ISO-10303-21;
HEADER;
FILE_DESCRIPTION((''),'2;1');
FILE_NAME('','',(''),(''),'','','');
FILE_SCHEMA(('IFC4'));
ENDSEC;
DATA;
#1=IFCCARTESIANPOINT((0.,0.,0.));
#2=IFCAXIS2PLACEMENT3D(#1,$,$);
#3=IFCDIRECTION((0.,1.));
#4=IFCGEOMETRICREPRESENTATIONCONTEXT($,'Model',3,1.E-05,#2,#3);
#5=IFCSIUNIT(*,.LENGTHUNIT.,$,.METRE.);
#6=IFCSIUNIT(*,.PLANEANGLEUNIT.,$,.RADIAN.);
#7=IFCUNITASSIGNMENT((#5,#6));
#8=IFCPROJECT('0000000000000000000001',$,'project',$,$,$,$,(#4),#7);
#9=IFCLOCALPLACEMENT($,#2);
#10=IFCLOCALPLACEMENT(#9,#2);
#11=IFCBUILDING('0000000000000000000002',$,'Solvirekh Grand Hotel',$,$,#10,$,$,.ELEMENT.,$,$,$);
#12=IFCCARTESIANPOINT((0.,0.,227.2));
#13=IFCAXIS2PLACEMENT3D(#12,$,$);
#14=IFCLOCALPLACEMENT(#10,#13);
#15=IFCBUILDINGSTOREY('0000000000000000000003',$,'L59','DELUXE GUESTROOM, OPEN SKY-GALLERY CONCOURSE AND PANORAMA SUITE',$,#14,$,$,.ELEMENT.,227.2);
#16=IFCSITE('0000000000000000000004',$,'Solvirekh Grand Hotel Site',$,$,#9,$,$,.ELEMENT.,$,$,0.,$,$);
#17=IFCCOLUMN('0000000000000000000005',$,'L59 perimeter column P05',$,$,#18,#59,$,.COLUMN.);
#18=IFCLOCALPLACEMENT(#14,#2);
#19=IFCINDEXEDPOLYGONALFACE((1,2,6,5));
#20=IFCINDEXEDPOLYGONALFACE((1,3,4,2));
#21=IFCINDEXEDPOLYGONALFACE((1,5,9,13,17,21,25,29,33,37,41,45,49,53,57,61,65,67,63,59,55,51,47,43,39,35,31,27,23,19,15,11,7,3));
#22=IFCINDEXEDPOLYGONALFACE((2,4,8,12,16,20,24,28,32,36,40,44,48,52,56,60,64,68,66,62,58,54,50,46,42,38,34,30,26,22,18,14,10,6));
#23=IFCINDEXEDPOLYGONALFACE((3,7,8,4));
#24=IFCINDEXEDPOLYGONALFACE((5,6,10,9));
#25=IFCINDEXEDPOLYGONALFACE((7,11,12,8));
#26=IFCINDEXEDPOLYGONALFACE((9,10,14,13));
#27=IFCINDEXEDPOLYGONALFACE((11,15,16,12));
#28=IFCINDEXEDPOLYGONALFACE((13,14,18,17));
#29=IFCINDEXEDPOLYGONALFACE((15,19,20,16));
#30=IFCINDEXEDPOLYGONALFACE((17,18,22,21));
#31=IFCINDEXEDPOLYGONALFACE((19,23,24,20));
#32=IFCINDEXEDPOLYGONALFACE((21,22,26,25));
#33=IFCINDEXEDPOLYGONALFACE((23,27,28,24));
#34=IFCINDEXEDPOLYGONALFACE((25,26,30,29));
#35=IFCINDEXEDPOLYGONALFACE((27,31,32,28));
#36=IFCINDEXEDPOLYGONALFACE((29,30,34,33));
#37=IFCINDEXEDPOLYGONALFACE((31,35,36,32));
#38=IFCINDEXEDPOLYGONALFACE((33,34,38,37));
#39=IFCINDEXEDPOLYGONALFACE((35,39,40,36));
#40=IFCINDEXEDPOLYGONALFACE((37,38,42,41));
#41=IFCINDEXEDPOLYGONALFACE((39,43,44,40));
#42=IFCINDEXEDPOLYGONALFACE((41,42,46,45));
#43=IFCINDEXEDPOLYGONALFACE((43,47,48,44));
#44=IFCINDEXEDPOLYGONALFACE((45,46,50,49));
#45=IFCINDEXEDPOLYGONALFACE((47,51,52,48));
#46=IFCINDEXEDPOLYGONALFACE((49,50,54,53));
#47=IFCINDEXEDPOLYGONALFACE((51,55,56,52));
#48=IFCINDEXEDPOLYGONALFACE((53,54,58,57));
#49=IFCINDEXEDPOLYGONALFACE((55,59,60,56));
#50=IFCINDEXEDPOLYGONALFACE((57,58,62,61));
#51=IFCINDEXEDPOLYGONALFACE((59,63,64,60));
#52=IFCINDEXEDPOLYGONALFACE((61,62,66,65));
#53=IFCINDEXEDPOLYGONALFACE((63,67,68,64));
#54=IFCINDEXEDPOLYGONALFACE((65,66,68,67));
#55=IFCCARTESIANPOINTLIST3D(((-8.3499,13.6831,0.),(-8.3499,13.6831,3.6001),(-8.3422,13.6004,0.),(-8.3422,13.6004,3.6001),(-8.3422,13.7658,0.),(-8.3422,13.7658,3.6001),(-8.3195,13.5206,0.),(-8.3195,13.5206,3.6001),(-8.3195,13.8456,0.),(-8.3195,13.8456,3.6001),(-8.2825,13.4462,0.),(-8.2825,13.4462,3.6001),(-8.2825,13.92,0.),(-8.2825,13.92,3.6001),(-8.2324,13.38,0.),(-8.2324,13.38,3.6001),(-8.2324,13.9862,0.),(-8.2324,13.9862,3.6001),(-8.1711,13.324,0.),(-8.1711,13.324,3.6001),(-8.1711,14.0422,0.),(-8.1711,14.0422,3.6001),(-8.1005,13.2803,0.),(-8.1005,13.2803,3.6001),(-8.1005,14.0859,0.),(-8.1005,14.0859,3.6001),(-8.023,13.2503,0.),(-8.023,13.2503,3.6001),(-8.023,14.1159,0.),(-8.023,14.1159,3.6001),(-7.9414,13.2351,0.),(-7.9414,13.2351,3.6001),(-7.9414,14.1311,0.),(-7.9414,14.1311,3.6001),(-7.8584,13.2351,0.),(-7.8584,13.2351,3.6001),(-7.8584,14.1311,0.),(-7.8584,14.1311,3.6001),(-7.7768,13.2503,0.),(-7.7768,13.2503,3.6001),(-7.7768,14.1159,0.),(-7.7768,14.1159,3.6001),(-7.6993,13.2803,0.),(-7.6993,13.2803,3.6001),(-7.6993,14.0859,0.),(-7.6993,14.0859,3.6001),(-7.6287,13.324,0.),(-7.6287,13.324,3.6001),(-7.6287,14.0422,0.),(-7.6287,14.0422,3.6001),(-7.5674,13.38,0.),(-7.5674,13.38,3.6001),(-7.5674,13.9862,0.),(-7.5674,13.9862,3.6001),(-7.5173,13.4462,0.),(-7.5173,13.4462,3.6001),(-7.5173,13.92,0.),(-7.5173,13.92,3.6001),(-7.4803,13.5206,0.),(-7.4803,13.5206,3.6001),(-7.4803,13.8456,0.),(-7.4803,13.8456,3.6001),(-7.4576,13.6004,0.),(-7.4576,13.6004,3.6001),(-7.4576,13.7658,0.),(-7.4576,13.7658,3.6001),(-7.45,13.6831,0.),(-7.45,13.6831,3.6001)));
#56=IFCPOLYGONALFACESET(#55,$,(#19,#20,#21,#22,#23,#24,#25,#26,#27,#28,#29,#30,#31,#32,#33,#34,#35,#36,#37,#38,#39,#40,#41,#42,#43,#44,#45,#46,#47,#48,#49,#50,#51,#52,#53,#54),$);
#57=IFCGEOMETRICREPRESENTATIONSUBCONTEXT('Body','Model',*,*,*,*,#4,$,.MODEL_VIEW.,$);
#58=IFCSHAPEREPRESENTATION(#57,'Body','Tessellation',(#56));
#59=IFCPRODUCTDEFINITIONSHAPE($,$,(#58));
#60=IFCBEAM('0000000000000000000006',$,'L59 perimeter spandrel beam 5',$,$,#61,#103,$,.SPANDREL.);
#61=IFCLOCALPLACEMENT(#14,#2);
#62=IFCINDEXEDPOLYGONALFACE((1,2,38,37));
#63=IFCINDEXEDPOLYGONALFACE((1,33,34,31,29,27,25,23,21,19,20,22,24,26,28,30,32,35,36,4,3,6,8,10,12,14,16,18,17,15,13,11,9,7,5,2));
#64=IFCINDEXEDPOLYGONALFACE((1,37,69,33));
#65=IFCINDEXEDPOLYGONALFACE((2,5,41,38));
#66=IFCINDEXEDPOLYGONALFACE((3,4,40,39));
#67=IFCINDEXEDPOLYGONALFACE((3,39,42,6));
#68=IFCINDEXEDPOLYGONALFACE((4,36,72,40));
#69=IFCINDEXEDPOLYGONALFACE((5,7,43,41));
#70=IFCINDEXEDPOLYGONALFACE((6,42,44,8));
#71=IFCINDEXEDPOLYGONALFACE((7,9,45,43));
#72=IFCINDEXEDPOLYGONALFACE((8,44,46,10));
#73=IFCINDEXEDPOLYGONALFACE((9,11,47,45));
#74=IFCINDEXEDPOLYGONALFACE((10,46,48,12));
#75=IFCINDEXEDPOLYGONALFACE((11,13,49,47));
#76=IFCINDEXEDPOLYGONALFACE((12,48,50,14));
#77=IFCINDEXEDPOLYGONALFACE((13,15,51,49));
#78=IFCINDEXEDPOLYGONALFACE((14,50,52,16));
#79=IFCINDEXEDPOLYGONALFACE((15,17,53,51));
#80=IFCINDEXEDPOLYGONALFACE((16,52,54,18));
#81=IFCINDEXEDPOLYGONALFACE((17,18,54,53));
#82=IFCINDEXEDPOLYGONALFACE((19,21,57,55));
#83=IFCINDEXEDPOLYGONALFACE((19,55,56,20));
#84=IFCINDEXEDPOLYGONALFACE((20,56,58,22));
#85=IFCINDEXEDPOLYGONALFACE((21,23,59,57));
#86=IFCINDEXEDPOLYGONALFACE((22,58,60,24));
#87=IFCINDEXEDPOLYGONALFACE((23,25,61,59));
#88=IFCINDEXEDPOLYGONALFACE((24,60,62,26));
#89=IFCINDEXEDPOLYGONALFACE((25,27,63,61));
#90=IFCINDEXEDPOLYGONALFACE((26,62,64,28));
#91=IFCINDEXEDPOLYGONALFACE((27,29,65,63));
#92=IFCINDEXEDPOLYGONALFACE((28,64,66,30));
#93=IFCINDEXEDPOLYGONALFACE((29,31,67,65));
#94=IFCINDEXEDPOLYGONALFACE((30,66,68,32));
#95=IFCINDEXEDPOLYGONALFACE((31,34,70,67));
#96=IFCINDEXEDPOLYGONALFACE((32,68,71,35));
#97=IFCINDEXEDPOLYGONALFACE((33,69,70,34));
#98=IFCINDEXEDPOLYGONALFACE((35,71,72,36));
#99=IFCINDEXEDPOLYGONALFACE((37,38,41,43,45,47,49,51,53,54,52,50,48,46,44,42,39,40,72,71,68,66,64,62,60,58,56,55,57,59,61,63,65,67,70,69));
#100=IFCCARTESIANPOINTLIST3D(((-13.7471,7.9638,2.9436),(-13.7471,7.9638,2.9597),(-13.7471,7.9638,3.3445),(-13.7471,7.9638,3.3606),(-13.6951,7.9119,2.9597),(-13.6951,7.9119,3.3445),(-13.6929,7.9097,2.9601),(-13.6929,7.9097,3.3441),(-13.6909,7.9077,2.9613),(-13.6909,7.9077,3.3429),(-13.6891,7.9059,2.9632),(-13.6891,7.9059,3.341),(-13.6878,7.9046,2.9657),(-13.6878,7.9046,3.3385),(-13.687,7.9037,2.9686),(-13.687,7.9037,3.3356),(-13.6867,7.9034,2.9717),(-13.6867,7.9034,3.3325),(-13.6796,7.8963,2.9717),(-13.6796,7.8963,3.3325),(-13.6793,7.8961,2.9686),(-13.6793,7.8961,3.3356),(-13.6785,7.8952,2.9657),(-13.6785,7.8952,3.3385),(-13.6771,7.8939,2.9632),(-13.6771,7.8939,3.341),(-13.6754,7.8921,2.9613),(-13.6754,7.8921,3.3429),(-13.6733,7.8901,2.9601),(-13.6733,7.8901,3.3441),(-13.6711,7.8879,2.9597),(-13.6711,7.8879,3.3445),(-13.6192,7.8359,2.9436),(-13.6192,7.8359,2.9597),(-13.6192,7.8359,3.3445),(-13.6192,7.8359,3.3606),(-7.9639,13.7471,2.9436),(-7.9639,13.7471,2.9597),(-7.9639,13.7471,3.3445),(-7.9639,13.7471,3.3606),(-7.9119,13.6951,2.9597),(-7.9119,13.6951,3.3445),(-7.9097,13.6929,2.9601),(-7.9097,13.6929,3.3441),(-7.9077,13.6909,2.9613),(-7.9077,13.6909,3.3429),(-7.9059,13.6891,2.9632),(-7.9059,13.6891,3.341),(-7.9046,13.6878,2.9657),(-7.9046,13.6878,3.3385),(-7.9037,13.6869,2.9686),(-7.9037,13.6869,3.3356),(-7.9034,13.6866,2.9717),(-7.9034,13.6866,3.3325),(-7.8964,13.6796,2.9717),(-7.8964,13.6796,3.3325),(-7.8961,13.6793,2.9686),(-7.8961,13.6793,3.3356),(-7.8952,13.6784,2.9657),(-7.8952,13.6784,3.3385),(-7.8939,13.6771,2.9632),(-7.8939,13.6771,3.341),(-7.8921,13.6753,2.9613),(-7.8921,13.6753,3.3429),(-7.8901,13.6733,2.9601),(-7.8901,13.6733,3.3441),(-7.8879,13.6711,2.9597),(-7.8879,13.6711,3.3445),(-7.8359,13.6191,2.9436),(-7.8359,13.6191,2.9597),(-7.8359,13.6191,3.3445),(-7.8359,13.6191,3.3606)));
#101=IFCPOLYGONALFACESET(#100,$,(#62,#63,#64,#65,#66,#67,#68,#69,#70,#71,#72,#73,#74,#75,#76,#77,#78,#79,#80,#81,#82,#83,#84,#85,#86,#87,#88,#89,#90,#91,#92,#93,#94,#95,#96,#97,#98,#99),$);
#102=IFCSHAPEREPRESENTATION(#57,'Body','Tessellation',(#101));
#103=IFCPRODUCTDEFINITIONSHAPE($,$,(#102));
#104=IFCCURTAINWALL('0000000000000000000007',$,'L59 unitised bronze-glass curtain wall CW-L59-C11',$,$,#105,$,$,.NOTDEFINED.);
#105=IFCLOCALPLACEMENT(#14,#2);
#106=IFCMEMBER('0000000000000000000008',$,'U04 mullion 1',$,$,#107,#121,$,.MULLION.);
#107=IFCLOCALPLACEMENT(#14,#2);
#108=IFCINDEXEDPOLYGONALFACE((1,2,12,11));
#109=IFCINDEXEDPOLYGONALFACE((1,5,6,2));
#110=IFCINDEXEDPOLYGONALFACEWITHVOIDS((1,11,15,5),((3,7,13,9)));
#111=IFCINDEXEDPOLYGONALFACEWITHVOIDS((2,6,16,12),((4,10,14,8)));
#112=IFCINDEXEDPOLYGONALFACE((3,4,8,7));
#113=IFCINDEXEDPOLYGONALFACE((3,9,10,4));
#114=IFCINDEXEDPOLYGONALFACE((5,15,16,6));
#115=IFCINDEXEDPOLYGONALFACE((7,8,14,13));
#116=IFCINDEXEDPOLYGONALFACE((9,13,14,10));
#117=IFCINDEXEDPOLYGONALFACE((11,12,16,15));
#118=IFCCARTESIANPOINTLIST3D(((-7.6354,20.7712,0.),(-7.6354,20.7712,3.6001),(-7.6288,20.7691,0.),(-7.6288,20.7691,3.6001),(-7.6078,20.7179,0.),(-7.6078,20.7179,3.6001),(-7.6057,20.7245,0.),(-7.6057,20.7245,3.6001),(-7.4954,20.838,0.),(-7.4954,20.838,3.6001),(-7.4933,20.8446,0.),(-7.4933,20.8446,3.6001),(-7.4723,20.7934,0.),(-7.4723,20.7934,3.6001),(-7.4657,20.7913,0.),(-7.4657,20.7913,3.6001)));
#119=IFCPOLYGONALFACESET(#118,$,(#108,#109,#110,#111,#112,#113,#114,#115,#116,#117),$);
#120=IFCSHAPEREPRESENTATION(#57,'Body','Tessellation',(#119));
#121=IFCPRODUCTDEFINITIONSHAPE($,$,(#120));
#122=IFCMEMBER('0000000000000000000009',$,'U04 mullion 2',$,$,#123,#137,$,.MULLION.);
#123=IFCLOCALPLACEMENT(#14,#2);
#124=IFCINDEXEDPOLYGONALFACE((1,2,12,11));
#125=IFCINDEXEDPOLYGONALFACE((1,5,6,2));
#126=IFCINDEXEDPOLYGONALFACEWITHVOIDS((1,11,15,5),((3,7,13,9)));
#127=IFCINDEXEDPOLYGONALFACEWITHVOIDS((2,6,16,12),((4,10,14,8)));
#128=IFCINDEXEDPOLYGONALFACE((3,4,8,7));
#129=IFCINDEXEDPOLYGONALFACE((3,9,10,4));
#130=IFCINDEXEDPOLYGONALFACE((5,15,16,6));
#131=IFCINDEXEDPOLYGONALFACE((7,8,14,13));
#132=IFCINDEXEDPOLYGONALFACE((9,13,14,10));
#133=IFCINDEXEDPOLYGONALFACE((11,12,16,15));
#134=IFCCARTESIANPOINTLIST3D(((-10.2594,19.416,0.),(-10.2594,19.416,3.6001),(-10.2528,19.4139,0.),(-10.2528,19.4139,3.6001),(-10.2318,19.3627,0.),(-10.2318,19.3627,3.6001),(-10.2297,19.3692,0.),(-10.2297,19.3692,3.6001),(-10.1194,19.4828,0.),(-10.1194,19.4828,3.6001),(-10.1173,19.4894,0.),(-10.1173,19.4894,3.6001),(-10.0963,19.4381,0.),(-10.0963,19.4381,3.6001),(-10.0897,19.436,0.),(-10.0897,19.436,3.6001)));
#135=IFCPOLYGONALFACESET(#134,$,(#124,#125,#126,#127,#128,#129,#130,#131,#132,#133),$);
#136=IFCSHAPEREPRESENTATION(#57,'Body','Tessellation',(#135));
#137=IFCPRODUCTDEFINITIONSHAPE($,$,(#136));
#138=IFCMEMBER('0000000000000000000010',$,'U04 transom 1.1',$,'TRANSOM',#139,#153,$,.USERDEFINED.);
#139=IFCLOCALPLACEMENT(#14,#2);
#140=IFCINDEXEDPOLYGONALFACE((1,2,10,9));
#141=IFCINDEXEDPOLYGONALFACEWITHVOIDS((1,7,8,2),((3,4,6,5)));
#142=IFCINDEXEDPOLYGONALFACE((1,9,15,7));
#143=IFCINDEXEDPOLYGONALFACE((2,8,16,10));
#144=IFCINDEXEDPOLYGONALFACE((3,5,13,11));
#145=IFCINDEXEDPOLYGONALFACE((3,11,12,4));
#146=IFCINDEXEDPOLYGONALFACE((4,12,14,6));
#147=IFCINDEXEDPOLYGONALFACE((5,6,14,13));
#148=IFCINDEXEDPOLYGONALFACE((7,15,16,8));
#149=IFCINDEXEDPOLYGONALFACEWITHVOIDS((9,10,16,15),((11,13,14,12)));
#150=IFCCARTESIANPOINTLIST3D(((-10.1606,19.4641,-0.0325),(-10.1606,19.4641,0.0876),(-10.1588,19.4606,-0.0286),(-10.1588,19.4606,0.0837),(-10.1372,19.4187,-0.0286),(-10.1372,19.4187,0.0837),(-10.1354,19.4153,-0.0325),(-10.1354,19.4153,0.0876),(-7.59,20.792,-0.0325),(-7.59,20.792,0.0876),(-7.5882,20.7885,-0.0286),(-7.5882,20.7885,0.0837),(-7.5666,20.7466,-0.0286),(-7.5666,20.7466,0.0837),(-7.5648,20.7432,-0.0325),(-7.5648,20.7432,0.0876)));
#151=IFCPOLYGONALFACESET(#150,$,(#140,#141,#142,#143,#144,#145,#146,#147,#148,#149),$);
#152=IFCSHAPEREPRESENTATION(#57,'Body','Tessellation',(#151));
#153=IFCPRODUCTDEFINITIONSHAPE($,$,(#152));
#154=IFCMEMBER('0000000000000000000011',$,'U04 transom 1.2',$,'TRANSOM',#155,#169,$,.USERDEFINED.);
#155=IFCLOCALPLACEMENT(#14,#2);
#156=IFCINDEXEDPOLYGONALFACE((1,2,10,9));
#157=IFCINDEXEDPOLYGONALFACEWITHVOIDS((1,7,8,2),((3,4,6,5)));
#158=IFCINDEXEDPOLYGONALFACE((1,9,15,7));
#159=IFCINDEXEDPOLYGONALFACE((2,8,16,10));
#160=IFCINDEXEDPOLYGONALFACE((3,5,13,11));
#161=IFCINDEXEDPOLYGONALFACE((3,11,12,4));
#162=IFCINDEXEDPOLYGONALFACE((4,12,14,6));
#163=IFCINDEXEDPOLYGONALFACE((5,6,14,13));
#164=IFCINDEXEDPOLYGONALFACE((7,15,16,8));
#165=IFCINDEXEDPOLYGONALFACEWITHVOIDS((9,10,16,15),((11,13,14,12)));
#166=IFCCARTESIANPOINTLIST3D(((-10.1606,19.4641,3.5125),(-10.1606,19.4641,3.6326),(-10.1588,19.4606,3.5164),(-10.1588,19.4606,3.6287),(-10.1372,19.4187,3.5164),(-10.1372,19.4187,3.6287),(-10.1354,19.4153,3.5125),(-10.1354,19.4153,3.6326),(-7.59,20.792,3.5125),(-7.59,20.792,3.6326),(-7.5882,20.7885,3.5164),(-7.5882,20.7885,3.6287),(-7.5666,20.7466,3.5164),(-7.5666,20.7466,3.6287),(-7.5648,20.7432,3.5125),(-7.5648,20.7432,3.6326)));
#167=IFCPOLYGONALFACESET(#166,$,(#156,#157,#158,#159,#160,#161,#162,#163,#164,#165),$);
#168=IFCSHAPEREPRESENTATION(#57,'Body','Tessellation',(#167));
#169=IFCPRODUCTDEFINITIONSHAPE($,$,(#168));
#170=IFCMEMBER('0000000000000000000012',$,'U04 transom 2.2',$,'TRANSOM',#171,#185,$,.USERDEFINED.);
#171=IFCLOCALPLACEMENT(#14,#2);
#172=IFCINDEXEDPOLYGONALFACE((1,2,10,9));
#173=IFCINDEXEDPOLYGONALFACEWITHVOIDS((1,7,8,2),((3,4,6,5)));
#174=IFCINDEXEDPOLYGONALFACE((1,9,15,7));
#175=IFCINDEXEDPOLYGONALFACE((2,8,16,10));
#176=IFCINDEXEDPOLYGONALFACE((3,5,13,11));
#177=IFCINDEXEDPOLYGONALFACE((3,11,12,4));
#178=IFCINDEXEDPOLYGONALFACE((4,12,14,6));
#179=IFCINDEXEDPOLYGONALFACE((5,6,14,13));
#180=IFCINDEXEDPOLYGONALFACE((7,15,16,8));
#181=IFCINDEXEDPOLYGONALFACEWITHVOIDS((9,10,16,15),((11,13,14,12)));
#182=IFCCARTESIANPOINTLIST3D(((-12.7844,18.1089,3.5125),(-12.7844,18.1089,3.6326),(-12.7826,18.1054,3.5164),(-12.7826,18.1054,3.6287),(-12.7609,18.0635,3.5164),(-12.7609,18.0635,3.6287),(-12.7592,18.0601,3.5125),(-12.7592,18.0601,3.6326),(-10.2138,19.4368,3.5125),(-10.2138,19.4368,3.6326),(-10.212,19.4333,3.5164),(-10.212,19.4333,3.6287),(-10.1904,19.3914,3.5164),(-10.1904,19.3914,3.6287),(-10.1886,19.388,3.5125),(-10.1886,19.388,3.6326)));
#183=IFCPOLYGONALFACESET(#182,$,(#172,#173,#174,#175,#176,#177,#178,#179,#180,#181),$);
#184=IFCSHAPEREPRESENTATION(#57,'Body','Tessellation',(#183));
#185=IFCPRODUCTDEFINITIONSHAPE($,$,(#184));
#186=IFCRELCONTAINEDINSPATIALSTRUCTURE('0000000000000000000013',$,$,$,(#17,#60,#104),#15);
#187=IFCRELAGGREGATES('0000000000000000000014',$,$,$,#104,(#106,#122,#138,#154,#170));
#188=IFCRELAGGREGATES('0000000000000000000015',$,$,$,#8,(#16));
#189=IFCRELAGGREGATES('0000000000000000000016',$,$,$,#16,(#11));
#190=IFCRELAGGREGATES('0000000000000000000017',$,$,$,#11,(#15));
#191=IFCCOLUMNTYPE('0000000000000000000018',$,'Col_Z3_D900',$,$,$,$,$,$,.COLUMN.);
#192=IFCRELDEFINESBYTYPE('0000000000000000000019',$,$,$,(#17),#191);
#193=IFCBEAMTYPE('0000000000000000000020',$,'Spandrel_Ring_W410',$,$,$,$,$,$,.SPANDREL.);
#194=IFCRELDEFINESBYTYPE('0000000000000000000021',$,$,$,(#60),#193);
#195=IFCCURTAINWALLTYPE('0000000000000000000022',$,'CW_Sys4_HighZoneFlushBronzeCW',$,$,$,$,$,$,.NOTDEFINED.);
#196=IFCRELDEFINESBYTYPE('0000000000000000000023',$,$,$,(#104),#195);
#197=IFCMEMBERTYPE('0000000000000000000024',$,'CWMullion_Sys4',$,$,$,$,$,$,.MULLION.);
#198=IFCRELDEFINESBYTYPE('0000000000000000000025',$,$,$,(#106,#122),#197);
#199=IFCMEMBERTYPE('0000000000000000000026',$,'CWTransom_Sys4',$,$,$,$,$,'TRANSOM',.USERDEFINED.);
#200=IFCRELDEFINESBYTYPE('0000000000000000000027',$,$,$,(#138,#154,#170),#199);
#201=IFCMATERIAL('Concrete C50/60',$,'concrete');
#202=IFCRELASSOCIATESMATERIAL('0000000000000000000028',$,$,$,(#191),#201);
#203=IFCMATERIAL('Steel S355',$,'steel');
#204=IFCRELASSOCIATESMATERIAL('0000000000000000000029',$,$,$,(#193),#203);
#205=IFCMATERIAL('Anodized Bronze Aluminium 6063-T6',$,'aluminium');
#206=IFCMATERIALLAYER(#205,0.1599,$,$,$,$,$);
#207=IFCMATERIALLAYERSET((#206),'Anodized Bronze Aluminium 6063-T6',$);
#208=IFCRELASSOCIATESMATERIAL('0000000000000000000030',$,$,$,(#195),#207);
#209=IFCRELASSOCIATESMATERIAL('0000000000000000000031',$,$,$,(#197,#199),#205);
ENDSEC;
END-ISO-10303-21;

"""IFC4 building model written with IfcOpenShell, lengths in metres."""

from ifc_helpers import new_model, si_unit, direction, frame, origin, origin_2d, place, context, subcontext, project, spatial, hollow_rectangle, circle, i_section, extrude, source, transform, mapped, material, layer, layer_set, material_profile, profile_set, type_object, element, aggregate, save


model = new_model("IFC4")

# Units and contexts
model_context = context("Model", 3, precision=1e-05, world=origin(), true_north=direction((0.0, 1.0)))
body_context = subcontext(model_context, "Body", "Model", "MODEL_VIEW")
ifc_project = project(units=[si_unit("LENGTHUNIT", "METRE"), si_unit("PLANEANGLEUNIT", "RADIAN")], contexts=[model_context])

# Site, building, storey
site_placement = place(None, origin())
site = spatial("IfcSite", under=ifc_project, at=site_placement, Name="Solvirekh Grand Hotel Site", CompositionType="ELEMENT", RefElevation=0.0)
building_placement = place(site_placement, origin())
building = spatial("IfcBuilding", under=site, at=building_placement, Name="Solvirekh Grand Hotel", CompositionType="ELEMENT")
storey_placement = place(building_placement, frame((0.0, 0.0, 227.2)))
storey = spatial("IfcBuildingStorey", under=building, at=storey_placement, Name="L59", Description="DELUXE GUESTROOM, OPEN SKY-GALLERY CONCOURSE AND PANORAMA SUITE", CompositionType="ELEMENT", Elevation=227.2)

# Column
ifc_material_1 = material(Name="Concrete C50/60", Category="concrete")
ifc_material_profile_1 = material_profile(ifc_material_1, circle(Radius=0.45, at=origin_2d()), Name="RC CIRC D900")
ifc_profile_set_1 = profile_set([ifc_material_profile_1], Name="Concrete C50/60")
column_type = type_object("IfcColumnType", Name="Col_Z3_D900", PredefinedType="COLUMN", material=ifc_profile_set_1)
column_placement = place(storey_placement, frame((-7.8999, 13.6831, 0.0), z_axis=(0.0, 0.0, 1.0), x_axis=(1.0, 0.0, 0.0)))
element("IfcColumn", 1, at=column_placement, inside=storey, type_object=column_type, Name="L59 perimeter column P05", PredefinedType="COLUMN", context=body_context, shape_type="SweptSolid", body=[
    extrude(circle(Radius=0.45, at=origin_2d()), origin(), (0.0, 0.0, 1.0), 3.6001),
])

# Beam
ifc_material_2 = material(Name="Steel S355", Category="steel")
ifc_material_profile_2 = material_profile(ifc_material_2, i_section(OverallWidth=0.1809, OverallDepth=0.417, WebThickness=0.01, FlangeThickness=0.0161, FilletRadius=0.012, at=origin_2d()), Name="W410X85")
ifc_profile_set_2 = profile_set([ifc_material_profile_2], Name="Steel S355")
beam_type = type_object("IfcBeamType", Name="Spandrel_Ring_W410", PredefinedType="SPANDREL", material=ifc_profile_set_2)
beam_placement = place(storey_placement, frame((-7.8999, 13.6831, 3.1521), z_axis=(-0.707107, -0.707107, 0.0), x_axis=(0.707107, -0.707107, 0.0)))
element("IfcBeam", 2, at=beam_placement, inside=storey, type_object=beam_type, Name="L59 perimeter spandrel beam 5", PredefinedType="SPANDREL", context=body_context, shape_type="SweptSolid", body=[
    extrude(i_section(OverallWidth=0.1809, OverallDepth=0.417, WebThickness=0.01, FlangeThickness=0.0161, FilletRadius=0.012, at=origin_2d()), origin(), (0.0, 0.0, 1.0), 8.1787),
])

# Curtain wall, members
ifc_material_3 = material(Name="Anodized Bronze Aluminium 6063-T6", Category="aluminium")
ifc_layer_1 = layer(ifc_material_3, 0.1599)
ifc_layer_set_1 = layer_set([ifc_layer_1], Name="Anodized Bronze Aluminium 6063-T6")
curtain_wall_type = type_object("IfcCurtainWallType", Name="CW_Sys4_HighZoneFlushBronzeCW", PredefinedType="NOTDEFINED", material=ifc_layer_set_1)
curtain_wall_placement = place(storey_placement, origin())
curtain_wall = element("IfcCurtainWall", 3, at=curtain_wall_placement, inside=storey, type_object=curtain_wall_type, Name="L59 unitised bronze-glass curtain wall CW-L59-C11", PredefinedType="NOTDEFINED")
ifc_material_profile_3 = material_profile(ifc_material_3, hollow_rectangle(XDim=0.0601, YDim=0.1599, WallThickness=0.0049, at=origin_2d()), Name="ALU RHS 160X60X5")
ifc_profile_set_3 = profile_set([ifc_material_profile_3], Name="Anodized Bronze Aluminium 6063-T6")
member_type_1 = type_object("IfcMemberType", Name="CWMullion_Sys4", PredefinedType="MULLION", material=ifc_profile_set_3)
shared_shape_1 = source(origin(), body_context, "Body", "SweptSolid", [
    extrude(hollow_rectangle(XDim=0.0601, YDim=0.1599, WallThickness=0.0049, at=origin_2d()), origin(), (0.0, 0.0, 1.0), 3.6001),
])
member_1_placement = place(storey_placement, frame((-7.5505, 20.7812, 0.0), z_axis=(0.0, 0.0, 1.0), x_axis=(0.458908, -0.888484, 0.0)))
member_1 = element("IfcMember", 4, at=member_1_placement, type_object=member_type_1, Name="U04 mullion 1", PredefinedType="MULLION", context=body_context, shape_type="MappedRepresentation", body=[
    mapped(shared_shape_1, transform((0.0, 0.0, 0.0), x_axis=(1.0, 0.0, 0.0), y_axis=(0.0, 1.0, 0.0), z_axis=(0.0, 0.0, 1.0), scale=1.0)),
])
member_2_placement = place(storey_placement, frame((-10.1746, 19.426, 0.0), z_axis=(0.0, 0.0, 1.0), x_axis=(0.458908, -0.888484, 0.0)))
member_2 = element("IfcMember", 5, at=member_2_placement, type_object=member_type_1, Name="U04 mullion 2", PredefinedType="MULLION", context=body_context, shape_type="MappedRepresentation", body=[
    mapped(shared_shape_1, transform((0.0, 0.0, 0.0), x_axis=(1.0, 0.0, 0.0), y_axis=(0.0, 1.0, 0.0), z_axis=(0.0, 0.0, 1.0), scale=1.0)),
])
ifc_material_profile_4 = material_profile(ifc_material_3, hollow_rectangle(XDim=0.0549, YDim=0.1201, WallThickness=0.0039, at=origin_2d()), Name="ALU RHS 120X55X4")
ifc_profile_set_4 = profile_set([ifc_material_profile_4], Name="Anodized Bronze Aluminium 6063-T6")
member_type_2 = type_object("IfcMemberType", Name="CWTransom_Sys4", ElementType="TRANSOM", PredefinedType="USERDEFINED", material=ifc_profile_set_4)
shared_shape_2 = source(origin(), body_context, "Body", "SweptSolid", [
    extrude(hollow_rectangle(XDim=0.0549, YDim=0.1201, WallThickness=0.0039, at=origin_2d()), origin(), (0.0, 0.0, 1.0), 2.8933),
])
member_3_placement = place(storey_placement, frame((-7.5774, 20.7676, 0.0276), z_axis=(-0.88846, -0.458955, 0.0), x_axis=(0.458955, -0.88846, 0.0)))
member_3 = element("IfcMember", 6, at=member_3_placement, type_object=member_type_2, Name="U04 transom 1.1", ObjectType="TRANSOM", PredefinedType="USERDEFINED", context=body_context, shape_type="MappedRepresentation", body=[
    mapped(shared_shape_2, transform((0.0, 0.0, 0.0), x_axis=(1.0, 0.0, 0.0), y_axis=(0.0, 1.0, 0.0), z_axis=(0.0, 0.0, 1.0), scale=1.0)),
])
member_4_placement = place(storey_placement, frame((-7.5774, 20.7676, 3.5725), z_axis=(-0.88846, -0.458955, 0.0), x_axis=(0.458955, -0.88846, 0.0)))
member_4 = element("IfcMember", 7, at=member_4_placement, type_object=member_type_2, Name="U04 transom 1.2", ObjectType="TRANSOM", PredefinedType="USERDEFINED", context=body_context, shape_type="MappedRepresentation", body=[
    mapped(shared_shape_2, transform((0.0, 0.0, 0.0), x_axis=(1.0, 0.0, 0.0), y_axis=(0.0, 1.0, 0.0), z_axis=(0.0, 0.0, 1.0), scale=1.0)),
])
member_5_placement = place(storey_placement, frame((-10.2012, 19.4124, 3.5725), z_axis=(-0.88846, -0.458955, 0.0), x_axis=(0.458955, -0.88846, 0.0)))
member_5 = element("IfcMember", 8, at=member_5_placement, type_object=member_type_2, Name="U04 transom 2.2", ObjectType="TRANSOM", PredefinedType="USERDEFINED", context=body_context, shape_type="MappedRepresentation", body=[
    mapped(shared_shape_2, transform((0.0, 0.0, 0.0), x_axis=(1.0, 0.0, 0.0), y_axis=(0.0, 1.0, 0.0), z_axis=(0.0, 0.0, 1.0), scale=1.0)),
])
aggregate(curtain_wall, [member_1, member_2, member_3, member_4, member_5])

save(model, "model.ifc")
